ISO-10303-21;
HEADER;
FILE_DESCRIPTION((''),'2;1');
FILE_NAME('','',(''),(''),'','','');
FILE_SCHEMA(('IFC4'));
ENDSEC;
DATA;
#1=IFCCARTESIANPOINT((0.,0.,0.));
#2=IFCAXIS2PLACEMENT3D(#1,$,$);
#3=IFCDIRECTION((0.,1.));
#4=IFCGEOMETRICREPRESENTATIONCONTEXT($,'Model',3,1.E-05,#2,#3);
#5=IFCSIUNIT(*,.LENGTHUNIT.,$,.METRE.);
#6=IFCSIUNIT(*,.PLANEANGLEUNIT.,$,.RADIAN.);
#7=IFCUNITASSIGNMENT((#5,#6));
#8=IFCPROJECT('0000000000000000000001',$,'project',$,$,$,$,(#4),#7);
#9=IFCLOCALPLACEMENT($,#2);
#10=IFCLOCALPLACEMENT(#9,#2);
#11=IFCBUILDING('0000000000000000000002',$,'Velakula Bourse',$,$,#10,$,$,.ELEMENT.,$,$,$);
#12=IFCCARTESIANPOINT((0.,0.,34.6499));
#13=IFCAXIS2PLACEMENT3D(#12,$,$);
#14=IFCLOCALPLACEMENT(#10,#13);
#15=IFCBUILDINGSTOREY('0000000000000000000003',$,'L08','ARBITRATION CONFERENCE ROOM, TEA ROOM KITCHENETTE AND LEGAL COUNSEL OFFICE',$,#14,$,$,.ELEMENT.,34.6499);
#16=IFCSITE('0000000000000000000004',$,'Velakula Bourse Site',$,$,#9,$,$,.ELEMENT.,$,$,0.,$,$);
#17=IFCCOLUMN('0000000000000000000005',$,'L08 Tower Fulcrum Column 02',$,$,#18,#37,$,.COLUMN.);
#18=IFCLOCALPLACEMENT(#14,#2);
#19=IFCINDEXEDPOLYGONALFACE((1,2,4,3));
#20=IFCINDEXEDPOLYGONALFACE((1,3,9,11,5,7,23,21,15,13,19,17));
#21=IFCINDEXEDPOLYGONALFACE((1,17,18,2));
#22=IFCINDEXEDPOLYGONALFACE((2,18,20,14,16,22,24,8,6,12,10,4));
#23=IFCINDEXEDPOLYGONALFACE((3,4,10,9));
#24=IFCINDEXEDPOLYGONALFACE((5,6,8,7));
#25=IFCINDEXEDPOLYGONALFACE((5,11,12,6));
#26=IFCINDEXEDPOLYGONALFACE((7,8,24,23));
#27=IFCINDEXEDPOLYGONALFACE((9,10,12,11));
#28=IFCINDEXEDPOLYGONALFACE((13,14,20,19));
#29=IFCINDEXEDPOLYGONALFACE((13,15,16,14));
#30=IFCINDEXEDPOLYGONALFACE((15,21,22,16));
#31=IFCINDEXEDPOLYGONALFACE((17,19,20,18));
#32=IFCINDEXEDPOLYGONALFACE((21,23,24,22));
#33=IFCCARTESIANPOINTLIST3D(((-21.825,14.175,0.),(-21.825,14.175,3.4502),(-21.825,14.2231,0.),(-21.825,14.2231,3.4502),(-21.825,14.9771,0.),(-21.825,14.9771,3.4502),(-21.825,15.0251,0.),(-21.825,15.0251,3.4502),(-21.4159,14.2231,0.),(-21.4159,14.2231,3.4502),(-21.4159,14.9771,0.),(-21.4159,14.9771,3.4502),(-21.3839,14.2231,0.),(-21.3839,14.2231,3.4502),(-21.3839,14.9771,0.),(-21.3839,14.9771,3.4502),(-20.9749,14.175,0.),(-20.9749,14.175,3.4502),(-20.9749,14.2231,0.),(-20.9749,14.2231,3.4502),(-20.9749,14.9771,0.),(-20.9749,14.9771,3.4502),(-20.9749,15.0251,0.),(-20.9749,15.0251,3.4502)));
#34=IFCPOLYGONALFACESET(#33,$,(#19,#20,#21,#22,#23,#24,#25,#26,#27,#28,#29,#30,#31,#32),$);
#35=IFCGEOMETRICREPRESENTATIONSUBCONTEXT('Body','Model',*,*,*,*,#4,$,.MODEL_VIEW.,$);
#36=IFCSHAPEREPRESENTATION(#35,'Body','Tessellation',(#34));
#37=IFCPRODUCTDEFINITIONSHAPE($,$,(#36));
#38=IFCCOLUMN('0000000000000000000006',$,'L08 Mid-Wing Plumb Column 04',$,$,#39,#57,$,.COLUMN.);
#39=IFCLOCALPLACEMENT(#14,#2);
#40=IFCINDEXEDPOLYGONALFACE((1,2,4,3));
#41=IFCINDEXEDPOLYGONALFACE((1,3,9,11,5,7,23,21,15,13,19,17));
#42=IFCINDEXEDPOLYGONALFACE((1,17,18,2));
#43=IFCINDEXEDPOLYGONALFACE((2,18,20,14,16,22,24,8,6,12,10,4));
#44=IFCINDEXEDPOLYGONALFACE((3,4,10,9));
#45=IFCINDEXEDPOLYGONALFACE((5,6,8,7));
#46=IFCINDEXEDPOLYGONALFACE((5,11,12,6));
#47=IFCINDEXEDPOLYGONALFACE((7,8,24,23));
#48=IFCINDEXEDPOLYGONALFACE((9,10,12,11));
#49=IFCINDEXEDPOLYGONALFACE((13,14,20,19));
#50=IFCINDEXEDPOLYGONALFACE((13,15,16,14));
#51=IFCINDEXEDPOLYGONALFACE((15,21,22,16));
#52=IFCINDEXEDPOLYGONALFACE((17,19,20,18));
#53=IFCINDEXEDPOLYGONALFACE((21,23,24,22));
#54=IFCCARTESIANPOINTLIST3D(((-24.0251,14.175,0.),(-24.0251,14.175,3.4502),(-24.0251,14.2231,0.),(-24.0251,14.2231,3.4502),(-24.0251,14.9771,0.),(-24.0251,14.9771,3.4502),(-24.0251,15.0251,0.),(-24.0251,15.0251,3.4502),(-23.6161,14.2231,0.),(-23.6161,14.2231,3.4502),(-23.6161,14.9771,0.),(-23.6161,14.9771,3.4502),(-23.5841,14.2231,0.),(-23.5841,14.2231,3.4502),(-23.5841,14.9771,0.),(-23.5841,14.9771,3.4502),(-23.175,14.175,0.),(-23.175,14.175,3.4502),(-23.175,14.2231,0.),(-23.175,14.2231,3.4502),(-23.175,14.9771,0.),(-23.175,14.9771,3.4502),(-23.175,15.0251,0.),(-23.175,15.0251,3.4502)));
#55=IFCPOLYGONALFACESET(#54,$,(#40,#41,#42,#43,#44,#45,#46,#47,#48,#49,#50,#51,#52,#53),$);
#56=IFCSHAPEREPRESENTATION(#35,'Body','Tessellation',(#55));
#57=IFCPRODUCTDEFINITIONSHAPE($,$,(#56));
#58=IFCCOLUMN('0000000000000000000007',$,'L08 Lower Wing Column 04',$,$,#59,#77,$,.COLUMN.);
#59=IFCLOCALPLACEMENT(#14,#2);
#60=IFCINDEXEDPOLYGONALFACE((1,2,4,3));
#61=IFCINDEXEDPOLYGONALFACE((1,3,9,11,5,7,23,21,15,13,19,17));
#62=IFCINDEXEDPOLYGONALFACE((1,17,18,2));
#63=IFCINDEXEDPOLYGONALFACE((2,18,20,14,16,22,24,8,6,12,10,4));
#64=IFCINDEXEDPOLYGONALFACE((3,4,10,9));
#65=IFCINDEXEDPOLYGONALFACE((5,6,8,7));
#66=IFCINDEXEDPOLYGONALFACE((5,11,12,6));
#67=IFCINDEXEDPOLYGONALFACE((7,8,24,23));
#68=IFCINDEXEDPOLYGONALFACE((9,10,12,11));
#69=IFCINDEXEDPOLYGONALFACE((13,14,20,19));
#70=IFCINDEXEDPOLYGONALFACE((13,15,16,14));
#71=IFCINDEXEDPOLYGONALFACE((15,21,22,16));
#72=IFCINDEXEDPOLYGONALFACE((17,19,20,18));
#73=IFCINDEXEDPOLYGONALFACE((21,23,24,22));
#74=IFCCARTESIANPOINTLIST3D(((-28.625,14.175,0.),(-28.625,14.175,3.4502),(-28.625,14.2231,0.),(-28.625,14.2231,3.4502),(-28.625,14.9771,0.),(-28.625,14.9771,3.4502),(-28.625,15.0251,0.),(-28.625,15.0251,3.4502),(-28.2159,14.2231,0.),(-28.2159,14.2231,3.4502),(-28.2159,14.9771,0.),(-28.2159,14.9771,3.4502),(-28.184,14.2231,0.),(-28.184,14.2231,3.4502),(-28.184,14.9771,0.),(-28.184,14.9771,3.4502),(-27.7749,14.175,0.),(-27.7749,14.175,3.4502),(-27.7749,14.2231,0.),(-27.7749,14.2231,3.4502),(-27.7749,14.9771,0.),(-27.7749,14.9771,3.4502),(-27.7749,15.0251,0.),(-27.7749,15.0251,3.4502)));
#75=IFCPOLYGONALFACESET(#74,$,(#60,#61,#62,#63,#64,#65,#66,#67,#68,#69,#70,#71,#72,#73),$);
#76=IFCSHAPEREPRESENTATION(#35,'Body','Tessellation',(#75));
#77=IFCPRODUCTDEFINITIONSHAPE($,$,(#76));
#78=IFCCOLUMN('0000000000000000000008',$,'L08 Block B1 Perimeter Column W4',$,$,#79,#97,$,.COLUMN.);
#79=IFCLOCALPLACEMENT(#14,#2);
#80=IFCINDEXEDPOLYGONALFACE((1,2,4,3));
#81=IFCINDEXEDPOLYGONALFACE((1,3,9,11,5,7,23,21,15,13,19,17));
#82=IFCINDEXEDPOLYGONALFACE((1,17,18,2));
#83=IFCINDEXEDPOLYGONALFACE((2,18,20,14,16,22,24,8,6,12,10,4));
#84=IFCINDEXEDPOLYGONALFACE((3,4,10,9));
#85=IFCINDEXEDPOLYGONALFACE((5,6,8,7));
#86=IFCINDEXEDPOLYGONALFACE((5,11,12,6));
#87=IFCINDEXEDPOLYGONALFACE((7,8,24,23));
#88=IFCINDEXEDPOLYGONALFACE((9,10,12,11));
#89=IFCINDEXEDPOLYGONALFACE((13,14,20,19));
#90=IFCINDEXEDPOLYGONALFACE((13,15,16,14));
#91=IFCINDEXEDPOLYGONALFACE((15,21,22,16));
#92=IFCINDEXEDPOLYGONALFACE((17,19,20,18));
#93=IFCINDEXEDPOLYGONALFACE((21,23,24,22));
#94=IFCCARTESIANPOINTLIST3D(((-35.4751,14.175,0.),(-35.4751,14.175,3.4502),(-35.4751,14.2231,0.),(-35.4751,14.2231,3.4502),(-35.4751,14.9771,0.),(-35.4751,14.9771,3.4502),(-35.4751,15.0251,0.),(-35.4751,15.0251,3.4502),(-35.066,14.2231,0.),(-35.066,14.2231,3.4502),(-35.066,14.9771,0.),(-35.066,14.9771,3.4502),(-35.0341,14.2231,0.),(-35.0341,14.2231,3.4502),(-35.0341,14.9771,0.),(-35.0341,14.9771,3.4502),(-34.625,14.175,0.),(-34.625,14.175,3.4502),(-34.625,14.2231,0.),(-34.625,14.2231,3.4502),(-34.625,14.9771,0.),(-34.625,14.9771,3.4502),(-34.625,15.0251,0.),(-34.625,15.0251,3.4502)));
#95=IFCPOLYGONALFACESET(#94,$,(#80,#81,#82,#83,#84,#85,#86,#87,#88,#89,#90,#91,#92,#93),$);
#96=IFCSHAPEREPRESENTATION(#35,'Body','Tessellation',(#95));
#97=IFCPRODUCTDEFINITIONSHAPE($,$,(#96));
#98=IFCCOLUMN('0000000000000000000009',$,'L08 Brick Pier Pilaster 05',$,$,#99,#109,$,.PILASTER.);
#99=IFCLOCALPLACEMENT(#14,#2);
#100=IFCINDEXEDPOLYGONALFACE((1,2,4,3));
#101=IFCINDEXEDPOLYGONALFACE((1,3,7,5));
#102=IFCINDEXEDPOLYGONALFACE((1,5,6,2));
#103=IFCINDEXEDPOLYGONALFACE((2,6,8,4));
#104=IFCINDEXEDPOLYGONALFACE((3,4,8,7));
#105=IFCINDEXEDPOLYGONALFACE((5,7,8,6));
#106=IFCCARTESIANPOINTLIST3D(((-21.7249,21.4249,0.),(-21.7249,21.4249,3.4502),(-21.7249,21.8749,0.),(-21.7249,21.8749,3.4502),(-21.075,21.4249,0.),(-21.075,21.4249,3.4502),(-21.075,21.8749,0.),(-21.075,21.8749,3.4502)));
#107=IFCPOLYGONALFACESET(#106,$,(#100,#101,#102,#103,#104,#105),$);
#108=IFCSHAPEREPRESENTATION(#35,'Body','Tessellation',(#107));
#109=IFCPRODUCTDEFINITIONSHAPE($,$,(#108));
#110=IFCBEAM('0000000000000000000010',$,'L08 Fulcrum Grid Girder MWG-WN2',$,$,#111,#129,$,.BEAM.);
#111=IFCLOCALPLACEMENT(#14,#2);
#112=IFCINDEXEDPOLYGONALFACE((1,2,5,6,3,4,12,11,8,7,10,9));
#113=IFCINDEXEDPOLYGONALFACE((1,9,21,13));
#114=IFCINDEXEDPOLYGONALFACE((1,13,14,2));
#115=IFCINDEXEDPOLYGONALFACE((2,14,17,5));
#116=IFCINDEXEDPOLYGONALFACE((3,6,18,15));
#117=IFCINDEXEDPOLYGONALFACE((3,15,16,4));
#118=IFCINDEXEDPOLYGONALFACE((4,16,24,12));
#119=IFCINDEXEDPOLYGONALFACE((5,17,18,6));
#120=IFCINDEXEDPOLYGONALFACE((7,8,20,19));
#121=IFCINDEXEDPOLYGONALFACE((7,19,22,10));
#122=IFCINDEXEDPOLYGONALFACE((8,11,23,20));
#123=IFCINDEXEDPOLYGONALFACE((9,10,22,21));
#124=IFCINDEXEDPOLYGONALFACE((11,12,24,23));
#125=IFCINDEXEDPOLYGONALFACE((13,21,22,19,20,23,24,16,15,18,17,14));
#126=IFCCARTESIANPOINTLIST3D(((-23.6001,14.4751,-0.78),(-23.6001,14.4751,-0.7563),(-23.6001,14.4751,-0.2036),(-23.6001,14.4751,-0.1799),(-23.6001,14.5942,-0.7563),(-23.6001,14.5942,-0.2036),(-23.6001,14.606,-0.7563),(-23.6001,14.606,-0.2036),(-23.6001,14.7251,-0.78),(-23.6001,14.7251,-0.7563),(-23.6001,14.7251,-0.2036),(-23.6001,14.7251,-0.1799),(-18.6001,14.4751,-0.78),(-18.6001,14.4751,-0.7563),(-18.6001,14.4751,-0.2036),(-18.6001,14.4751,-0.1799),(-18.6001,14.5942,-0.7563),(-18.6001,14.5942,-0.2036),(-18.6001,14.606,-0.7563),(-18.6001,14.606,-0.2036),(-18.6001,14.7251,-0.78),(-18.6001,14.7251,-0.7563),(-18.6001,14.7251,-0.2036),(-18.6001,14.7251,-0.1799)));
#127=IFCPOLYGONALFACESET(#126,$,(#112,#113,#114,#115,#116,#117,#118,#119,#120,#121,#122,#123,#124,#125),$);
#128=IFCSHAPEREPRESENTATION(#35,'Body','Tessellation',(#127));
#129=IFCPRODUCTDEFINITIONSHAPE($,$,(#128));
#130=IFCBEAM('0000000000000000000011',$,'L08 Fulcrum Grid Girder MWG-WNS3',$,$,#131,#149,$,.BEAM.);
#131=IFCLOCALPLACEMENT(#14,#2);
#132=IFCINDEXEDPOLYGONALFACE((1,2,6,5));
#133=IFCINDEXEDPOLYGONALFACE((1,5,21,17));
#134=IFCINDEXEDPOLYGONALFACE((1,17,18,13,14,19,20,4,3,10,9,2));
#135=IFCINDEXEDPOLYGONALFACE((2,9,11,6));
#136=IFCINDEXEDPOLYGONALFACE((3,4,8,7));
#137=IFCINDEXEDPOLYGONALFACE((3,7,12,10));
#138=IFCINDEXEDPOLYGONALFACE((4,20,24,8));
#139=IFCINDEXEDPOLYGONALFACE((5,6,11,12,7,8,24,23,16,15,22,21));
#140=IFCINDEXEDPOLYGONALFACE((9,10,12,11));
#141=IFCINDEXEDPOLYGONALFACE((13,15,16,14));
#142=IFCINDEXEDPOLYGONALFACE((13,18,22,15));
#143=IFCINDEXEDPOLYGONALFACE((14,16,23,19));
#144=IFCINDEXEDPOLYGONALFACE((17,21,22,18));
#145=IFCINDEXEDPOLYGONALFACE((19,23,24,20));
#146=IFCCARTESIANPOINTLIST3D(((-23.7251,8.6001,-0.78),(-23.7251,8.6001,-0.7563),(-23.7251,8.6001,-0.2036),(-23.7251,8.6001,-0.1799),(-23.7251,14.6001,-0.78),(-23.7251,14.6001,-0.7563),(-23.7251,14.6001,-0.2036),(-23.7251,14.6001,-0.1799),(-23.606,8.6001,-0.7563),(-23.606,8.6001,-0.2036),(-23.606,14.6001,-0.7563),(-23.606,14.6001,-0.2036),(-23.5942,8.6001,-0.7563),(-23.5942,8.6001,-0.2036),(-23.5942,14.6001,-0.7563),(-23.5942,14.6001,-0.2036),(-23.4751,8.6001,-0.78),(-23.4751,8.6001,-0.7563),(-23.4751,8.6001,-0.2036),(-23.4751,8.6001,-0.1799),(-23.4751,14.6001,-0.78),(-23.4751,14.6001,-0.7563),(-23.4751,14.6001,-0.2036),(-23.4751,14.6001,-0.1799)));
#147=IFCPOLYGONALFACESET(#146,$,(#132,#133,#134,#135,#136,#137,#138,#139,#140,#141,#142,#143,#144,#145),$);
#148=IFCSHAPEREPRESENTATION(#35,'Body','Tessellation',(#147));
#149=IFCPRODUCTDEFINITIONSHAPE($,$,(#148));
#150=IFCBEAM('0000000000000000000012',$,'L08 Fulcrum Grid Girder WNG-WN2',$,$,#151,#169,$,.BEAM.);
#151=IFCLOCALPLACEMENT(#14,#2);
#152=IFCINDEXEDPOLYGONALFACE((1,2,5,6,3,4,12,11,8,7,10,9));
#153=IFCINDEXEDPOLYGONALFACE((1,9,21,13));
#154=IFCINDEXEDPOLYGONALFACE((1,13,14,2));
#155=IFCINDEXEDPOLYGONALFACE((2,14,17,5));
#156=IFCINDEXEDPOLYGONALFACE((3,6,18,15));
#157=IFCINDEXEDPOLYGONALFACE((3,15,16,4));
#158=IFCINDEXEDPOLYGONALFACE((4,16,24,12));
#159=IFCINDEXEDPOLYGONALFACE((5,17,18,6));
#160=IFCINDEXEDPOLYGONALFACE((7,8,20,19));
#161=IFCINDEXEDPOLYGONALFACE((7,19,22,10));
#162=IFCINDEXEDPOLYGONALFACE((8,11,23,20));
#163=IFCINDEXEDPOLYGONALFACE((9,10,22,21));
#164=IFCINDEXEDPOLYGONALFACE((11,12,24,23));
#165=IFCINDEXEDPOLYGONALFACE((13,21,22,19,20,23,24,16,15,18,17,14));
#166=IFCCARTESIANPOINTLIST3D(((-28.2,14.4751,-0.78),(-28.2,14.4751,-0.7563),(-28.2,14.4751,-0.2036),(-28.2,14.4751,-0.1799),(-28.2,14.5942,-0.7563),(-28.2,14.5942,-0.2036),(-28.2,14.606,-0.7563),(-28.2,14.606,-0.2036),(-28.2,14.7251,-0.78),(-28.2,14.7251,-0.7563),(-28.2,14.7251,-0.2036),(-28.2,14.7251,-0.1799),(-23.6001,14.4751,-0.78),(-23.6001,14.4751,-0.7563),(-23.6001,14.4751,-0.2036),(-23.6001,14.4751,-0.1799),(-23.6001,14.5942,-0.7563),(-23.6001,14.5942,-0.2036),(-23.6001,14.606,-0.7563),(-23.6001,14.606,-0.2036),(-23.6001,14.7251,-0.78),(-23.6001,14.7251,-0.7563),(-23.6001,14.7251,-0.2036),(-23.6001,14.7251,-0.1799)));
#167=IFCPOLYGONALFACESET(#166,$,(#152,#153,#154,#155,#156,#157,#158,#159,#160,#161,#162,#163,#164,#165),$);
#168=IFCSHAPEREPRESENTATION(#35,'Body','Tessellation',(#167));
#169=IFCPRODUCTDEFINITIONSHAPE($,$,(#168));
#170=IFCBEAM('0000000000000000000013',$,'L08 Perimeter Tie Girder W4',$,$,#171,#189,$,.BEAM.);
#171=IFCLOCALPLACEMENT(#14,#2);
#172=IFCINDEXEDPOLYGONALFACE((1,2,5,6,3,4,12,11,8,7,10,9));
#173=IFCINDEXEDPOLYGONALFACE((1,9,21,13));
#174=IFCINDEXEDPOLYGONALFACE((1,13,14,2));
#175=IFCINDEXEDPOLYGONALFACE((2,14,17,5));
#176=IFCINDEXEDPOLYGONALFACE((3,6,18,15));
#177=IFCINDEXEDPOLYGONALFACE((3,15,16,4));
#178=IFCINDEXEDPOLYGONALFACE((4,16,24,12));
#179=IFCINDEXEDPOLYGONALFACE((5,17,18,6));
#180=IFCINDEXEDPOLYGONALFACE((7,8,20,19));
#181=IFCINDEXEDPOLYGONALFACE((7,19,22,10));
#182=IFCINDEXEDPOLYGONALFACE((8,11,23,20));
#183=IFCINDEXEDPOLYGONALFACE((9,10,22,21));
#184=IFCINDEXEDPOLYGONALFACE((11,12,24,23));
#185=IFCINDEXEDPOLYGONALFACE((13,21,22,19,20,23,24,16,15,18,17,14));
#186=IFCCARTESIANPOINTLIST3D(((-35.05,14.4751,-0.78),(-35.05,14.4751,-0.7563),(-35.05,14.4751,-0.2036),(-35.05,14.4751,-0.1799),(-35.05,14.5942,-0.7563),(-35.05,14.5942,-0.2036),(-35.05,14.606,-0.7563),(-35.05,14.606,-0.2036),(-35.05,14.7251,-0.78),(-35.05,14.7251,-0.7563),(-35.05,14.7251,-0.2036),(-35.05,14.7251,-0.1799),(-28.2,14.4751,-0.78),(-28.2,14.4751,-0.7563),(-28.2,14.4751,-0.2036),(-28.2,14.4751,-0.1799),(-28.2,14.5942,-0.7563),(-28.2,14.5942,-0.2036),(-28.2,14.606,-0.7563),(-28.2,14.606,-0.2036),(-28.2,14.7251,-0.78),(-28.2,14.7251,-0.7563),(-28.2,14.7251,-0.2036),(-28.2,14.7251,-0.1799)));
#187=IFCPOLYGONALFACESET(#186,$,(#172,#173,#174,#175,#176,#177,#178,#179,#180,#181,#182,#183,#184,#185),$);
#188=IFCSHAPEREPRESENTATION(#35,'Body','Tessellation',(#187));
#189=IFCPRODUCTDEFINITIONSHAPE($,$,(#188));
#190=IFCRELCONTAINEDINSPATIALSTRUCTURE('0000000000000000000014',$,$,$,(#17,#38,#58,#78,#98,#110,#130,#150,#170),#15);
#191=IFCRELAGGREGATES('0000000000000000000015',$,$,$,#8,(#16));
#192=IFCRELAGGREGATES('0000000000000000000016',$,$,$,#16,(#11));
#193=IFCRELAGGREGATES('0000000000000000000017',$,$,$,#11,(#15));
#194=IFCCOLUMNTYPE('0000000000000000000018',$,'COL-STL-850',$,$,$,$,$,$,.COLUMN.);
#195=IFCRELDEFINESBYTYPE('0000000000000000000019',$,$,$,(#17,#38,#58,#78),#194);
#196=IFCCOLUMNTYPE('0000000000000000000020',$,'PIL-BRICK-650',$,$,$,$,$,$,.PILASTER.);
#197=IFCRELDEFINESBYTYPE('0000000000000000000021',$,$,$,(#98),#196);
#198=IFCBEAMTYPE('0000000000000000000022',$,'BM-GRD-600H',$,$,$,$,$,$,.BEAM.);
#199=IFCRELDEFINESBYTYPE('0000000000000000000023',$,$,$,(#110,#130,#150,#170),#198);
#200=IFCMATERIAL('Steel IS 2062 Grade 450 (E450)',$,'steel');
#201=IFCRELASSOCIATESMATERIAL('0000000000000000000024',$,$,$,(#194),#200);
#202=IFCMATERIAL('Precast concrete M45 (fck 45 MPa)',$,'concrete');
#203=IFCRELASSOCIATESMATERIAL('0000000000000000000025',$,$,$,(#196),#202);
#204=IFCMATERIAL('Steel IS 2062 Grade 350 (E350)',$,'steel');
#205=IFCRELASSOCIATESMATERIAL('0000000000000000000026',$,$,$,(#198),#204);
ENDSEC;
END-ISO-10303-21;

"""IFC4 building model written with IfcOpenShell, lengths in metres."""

from ifc_helpers import new_model, si_unit, direction, frame, origin, origin_2d, place, context, subcontext, project, spatial, rectangle, i_section, extrude, material, material_profile, profile_set, type_object, element, save


model = new_model("IFC4")

# Units and contexts
model_context = context("Model", 3, precision=1e-05, world=origin(), true_north=direction((0.0, 1.0)))
body_context = subcontext(model_context, "Body", "Model", "MODEL_VIEW")
ifc_project = project(units=[si_unit("LENGTHUNIT", "METRE"), si_unit("PLANEANGLEUNIT", "RADIAN")], contexts=[model_context])

# Site, building, storey
site_placement = place(None, origin())
site = spatial("IfcSite", under=ifc_project, at=site_placement, Name="Velakula Bourse Site", CompositionType="ELEMENT", RefElevation=0.0)
building_placement = place(site_placement, origin())
building = spatial("IfcBuilding", under=site, at=building_placement, Name="Velakula Bourse", CompositionType="ELEMENT")
storey_placement = place(building_placement, frame((0.0, 0.0, 34.6499)))
storey = spatial("IfcBuildingStorey", under=building, at=storey_placement, Name="L08", Description="ARBITRATION CONFERENCE ROOM, TEA ROOM KITCHENETTE AND LEGAL COUNSEL OFFICE", CompositionType="ELEMENT", Elevation=34.6499)

# Columns
ifc_material_1 = material(Name="Steel IS 2062 Grade 450 (E450)", Category="steel")
ifc_material_profile_1 = material_profile(ifc_material_1, i_section(OverallWidth=0.8501, OverallDepth=0.8501, WebThickness=0.032, FlangeThickness=0.0481, at=origin_2d()), Name="Steel IS 2062 Grade 450 (E450)")
ifc_profile_set_1 = profile_set([ifc_material_profile_1], Name="Steel IS 2062 Grade 450 (E450)")
column_type_1 = type_object("IfcColumnType", Name="COL-STL-850", PredefinedType="COLUMN", material=ifc_profile_set_1)
for number, where, z_axis, x_axis, name in (
    (1, (-21.3999, 14.6001, 0.0), (0.0, 0.0, 1.0), (1.0, 0.0, 0.0), "L08 Tower Fulcrum Column 02"),
    (2, (-23.6001, 14.6001, 0.0), (0.0, 0.0, 1.0), (1.0, 0.0, 0.0), "L08 Mid-Wing Plumb Column 04"),
    (3, (-28.2, 14.6001, 0.0), (0.0, 0.0, 1.0), (1.0, 0.0, 0.0), "L08 Lower Wing Column 04"),
    (4, (-35.05, 14.6001, 0.0), (0.0, 0.0, 1.0), (1.0, 0.0, 0.0), "L08 Block B1 Perimeter Column W4"),
):
    element("IfcColumn", number, at=place(storey_placement, frame(where, z_axis=z_axis, x_axis=x_axis)), inside=storey, type_object=column_type_1, Name=name, PredefinedType="COLUMN", context=body_context, shape_type="SweptSolid", body=[
        extrude(i_section(OverallWidth=0.8501, OverallDepth=0.8501, WebThickness=0.032, FlangeThickness=0.0481, at=origin_2d()), origin(), (0.0, 0.0, 1.0), 3.4502),
    ])
ifc_material_2 = material(Name="Precast concrete M45 (fck 45 MPa)", Category="concrete")
ifc_material_profile_2 = material_profile(ifc_material_2, rectangle(XDim=0.6499, YDim=0.45, at=origin_2d()), Name="Precast concrete M45 (fck 45 MPa)")
ifc_profile_set_2 = profile_set([ifc_material_profile_2], Name="Precast concrete M45 (fck 45 MPa)")
column_type_2 = type_object("IfcColumnType", Name="PIL-BRICK-650", PredefinedType="PILASTER", material=ifc_profile_set_2)
column_placement = place(storey_placement, frame((-21.3999, 21.6499, 0.0), z_axis=(0.0, 0.0, 1.0), x_axis=(1.0, 0.0, 0.0)))
element("IfcColumn", 5, at=column_placement, inside=storey, type_object=column_type_2, Name="L08 Brick Pier Pilaster 05", PredefinedType="PILASTER", context=body_context, shape_type="SweptSolid", body=[
    extrude(rectangle(XDim=0.6499, YDim=0.45, at=origin_2d()), origin(), (0.0, 0.0, 1.0), 3.4502),
])

# Beams
ifc_material_3 = material(Name="Steel IS 2062 Grade 350 (E350)", Category="steel")
ifc_material_profile_3 = material_profile(ifc_material_3, i_section(OverallWidth=0.25, OverallDepth=0.6001, WebThickness=0.0117, FlangeThickness=0.0237, at=origin_2d()), Name="Steel IS 2062 Grade 350 (E350)")
ifc_profile_set_3 = profile_set([ifc_material_profile_3], Name="Steel IS 2062 Grade 350 (E350)")
beam_type_1 = type_object("IfcBeamType", Name="BM-GRD-600H", PredefinedType="BEAM", material=ifc_profile_set_3)
beam_1_placement = place(storey_placement, frame((-23.6001, 14.6001, -0.48), z_axis=(1.0, 0.0, 0.0), x_axis=(0.0, 1.0, 0.0)))
element("IfcBeam", 6, at=beam_1_placement, inside=storey, type_object=beam_type_1, Name="L08 Fulcrum Grid Girder MWG-WN2", PredefinedType="BEAM", context=body_context, shape_type="SweptSolid", body=[
    extrude(i_section(OverallWidth=0.25, OverallDepth=0.6001, WebThickness=0.0117, FlangeThickness=0.0237, at=origin_2d()), origin(), (0.0, 0.0, 1.0), 5.0),
])
beam_2_placement = place(storey_placement, frame((-23.6001, 8.6001, -0.48), z_axis=(0.0, 1.0, 0.0), x_axis=(-1.0, 0.0, 0.0)))
element("IfcBeam", 7, at=beam_2_placement, inside=storey, type_object=beam_type_1, Name="L08 Fulcrum Grid Girder MWG-WNS3", PredefinedType="BEAM", context=body_context, shape_type="SweptSolid", body=[
    extrude(i_section(OverallWidth=0.25, OverallDepth=0.6001, WebThickness=0.0117, FlangeThickness=0.0237, at=origin_2d()), origin(), (0.0, 0.0, 1.0), 6.0),
])
beam_3_placement = place(storey_placement, frame((-28.2, 14.6001, -0.48), z_axis=(1.0, 0.0, 0.0), x_axis=(0.0, 1.0, 0.0)))
element("IfcBeam", 8, at=beam_3_placement, inside=storey, type_object=beam_type_1, Name="L08 Fulcrum Grid Girder WNG-WN2", PredefinedType="BEAM", context=body_context, shape_type="SweptSolid", body=[
    extrude(i_section(OverallWidth=0.25, OverallDepth=0.6001, WebThickness=0.0117, FlangeThickness=0.0237, at=origin_2d()), origin(), (0.0, 0.0, 1.0), 4.5999),
])
beam_4_placement = place(storey_placement, frame((-28.2, 14.6001, -0.48), z_axis=(-1.0, 0.0, 0.0), x_axis=(0.0, -1.0, 0.0)))
element("IfcBeam", 9, at=beam_4_placement, inside=storey, type_object=beam_type_1, Name="L08 Perimeter Tie Girder W4", PredefinedType="BEAM", context=body_context, shape_type="SweptSolid", body=[
    extrude(i_section(OverallWidth=0.25, OverallDepth=0.6001, WebThickness=0.0117, FlangeThickness=0.0237, at=origin_2d()), origin(), (0.0, 0.0, 1.0), 6.8501),
])

save(model, "model.ifc")
